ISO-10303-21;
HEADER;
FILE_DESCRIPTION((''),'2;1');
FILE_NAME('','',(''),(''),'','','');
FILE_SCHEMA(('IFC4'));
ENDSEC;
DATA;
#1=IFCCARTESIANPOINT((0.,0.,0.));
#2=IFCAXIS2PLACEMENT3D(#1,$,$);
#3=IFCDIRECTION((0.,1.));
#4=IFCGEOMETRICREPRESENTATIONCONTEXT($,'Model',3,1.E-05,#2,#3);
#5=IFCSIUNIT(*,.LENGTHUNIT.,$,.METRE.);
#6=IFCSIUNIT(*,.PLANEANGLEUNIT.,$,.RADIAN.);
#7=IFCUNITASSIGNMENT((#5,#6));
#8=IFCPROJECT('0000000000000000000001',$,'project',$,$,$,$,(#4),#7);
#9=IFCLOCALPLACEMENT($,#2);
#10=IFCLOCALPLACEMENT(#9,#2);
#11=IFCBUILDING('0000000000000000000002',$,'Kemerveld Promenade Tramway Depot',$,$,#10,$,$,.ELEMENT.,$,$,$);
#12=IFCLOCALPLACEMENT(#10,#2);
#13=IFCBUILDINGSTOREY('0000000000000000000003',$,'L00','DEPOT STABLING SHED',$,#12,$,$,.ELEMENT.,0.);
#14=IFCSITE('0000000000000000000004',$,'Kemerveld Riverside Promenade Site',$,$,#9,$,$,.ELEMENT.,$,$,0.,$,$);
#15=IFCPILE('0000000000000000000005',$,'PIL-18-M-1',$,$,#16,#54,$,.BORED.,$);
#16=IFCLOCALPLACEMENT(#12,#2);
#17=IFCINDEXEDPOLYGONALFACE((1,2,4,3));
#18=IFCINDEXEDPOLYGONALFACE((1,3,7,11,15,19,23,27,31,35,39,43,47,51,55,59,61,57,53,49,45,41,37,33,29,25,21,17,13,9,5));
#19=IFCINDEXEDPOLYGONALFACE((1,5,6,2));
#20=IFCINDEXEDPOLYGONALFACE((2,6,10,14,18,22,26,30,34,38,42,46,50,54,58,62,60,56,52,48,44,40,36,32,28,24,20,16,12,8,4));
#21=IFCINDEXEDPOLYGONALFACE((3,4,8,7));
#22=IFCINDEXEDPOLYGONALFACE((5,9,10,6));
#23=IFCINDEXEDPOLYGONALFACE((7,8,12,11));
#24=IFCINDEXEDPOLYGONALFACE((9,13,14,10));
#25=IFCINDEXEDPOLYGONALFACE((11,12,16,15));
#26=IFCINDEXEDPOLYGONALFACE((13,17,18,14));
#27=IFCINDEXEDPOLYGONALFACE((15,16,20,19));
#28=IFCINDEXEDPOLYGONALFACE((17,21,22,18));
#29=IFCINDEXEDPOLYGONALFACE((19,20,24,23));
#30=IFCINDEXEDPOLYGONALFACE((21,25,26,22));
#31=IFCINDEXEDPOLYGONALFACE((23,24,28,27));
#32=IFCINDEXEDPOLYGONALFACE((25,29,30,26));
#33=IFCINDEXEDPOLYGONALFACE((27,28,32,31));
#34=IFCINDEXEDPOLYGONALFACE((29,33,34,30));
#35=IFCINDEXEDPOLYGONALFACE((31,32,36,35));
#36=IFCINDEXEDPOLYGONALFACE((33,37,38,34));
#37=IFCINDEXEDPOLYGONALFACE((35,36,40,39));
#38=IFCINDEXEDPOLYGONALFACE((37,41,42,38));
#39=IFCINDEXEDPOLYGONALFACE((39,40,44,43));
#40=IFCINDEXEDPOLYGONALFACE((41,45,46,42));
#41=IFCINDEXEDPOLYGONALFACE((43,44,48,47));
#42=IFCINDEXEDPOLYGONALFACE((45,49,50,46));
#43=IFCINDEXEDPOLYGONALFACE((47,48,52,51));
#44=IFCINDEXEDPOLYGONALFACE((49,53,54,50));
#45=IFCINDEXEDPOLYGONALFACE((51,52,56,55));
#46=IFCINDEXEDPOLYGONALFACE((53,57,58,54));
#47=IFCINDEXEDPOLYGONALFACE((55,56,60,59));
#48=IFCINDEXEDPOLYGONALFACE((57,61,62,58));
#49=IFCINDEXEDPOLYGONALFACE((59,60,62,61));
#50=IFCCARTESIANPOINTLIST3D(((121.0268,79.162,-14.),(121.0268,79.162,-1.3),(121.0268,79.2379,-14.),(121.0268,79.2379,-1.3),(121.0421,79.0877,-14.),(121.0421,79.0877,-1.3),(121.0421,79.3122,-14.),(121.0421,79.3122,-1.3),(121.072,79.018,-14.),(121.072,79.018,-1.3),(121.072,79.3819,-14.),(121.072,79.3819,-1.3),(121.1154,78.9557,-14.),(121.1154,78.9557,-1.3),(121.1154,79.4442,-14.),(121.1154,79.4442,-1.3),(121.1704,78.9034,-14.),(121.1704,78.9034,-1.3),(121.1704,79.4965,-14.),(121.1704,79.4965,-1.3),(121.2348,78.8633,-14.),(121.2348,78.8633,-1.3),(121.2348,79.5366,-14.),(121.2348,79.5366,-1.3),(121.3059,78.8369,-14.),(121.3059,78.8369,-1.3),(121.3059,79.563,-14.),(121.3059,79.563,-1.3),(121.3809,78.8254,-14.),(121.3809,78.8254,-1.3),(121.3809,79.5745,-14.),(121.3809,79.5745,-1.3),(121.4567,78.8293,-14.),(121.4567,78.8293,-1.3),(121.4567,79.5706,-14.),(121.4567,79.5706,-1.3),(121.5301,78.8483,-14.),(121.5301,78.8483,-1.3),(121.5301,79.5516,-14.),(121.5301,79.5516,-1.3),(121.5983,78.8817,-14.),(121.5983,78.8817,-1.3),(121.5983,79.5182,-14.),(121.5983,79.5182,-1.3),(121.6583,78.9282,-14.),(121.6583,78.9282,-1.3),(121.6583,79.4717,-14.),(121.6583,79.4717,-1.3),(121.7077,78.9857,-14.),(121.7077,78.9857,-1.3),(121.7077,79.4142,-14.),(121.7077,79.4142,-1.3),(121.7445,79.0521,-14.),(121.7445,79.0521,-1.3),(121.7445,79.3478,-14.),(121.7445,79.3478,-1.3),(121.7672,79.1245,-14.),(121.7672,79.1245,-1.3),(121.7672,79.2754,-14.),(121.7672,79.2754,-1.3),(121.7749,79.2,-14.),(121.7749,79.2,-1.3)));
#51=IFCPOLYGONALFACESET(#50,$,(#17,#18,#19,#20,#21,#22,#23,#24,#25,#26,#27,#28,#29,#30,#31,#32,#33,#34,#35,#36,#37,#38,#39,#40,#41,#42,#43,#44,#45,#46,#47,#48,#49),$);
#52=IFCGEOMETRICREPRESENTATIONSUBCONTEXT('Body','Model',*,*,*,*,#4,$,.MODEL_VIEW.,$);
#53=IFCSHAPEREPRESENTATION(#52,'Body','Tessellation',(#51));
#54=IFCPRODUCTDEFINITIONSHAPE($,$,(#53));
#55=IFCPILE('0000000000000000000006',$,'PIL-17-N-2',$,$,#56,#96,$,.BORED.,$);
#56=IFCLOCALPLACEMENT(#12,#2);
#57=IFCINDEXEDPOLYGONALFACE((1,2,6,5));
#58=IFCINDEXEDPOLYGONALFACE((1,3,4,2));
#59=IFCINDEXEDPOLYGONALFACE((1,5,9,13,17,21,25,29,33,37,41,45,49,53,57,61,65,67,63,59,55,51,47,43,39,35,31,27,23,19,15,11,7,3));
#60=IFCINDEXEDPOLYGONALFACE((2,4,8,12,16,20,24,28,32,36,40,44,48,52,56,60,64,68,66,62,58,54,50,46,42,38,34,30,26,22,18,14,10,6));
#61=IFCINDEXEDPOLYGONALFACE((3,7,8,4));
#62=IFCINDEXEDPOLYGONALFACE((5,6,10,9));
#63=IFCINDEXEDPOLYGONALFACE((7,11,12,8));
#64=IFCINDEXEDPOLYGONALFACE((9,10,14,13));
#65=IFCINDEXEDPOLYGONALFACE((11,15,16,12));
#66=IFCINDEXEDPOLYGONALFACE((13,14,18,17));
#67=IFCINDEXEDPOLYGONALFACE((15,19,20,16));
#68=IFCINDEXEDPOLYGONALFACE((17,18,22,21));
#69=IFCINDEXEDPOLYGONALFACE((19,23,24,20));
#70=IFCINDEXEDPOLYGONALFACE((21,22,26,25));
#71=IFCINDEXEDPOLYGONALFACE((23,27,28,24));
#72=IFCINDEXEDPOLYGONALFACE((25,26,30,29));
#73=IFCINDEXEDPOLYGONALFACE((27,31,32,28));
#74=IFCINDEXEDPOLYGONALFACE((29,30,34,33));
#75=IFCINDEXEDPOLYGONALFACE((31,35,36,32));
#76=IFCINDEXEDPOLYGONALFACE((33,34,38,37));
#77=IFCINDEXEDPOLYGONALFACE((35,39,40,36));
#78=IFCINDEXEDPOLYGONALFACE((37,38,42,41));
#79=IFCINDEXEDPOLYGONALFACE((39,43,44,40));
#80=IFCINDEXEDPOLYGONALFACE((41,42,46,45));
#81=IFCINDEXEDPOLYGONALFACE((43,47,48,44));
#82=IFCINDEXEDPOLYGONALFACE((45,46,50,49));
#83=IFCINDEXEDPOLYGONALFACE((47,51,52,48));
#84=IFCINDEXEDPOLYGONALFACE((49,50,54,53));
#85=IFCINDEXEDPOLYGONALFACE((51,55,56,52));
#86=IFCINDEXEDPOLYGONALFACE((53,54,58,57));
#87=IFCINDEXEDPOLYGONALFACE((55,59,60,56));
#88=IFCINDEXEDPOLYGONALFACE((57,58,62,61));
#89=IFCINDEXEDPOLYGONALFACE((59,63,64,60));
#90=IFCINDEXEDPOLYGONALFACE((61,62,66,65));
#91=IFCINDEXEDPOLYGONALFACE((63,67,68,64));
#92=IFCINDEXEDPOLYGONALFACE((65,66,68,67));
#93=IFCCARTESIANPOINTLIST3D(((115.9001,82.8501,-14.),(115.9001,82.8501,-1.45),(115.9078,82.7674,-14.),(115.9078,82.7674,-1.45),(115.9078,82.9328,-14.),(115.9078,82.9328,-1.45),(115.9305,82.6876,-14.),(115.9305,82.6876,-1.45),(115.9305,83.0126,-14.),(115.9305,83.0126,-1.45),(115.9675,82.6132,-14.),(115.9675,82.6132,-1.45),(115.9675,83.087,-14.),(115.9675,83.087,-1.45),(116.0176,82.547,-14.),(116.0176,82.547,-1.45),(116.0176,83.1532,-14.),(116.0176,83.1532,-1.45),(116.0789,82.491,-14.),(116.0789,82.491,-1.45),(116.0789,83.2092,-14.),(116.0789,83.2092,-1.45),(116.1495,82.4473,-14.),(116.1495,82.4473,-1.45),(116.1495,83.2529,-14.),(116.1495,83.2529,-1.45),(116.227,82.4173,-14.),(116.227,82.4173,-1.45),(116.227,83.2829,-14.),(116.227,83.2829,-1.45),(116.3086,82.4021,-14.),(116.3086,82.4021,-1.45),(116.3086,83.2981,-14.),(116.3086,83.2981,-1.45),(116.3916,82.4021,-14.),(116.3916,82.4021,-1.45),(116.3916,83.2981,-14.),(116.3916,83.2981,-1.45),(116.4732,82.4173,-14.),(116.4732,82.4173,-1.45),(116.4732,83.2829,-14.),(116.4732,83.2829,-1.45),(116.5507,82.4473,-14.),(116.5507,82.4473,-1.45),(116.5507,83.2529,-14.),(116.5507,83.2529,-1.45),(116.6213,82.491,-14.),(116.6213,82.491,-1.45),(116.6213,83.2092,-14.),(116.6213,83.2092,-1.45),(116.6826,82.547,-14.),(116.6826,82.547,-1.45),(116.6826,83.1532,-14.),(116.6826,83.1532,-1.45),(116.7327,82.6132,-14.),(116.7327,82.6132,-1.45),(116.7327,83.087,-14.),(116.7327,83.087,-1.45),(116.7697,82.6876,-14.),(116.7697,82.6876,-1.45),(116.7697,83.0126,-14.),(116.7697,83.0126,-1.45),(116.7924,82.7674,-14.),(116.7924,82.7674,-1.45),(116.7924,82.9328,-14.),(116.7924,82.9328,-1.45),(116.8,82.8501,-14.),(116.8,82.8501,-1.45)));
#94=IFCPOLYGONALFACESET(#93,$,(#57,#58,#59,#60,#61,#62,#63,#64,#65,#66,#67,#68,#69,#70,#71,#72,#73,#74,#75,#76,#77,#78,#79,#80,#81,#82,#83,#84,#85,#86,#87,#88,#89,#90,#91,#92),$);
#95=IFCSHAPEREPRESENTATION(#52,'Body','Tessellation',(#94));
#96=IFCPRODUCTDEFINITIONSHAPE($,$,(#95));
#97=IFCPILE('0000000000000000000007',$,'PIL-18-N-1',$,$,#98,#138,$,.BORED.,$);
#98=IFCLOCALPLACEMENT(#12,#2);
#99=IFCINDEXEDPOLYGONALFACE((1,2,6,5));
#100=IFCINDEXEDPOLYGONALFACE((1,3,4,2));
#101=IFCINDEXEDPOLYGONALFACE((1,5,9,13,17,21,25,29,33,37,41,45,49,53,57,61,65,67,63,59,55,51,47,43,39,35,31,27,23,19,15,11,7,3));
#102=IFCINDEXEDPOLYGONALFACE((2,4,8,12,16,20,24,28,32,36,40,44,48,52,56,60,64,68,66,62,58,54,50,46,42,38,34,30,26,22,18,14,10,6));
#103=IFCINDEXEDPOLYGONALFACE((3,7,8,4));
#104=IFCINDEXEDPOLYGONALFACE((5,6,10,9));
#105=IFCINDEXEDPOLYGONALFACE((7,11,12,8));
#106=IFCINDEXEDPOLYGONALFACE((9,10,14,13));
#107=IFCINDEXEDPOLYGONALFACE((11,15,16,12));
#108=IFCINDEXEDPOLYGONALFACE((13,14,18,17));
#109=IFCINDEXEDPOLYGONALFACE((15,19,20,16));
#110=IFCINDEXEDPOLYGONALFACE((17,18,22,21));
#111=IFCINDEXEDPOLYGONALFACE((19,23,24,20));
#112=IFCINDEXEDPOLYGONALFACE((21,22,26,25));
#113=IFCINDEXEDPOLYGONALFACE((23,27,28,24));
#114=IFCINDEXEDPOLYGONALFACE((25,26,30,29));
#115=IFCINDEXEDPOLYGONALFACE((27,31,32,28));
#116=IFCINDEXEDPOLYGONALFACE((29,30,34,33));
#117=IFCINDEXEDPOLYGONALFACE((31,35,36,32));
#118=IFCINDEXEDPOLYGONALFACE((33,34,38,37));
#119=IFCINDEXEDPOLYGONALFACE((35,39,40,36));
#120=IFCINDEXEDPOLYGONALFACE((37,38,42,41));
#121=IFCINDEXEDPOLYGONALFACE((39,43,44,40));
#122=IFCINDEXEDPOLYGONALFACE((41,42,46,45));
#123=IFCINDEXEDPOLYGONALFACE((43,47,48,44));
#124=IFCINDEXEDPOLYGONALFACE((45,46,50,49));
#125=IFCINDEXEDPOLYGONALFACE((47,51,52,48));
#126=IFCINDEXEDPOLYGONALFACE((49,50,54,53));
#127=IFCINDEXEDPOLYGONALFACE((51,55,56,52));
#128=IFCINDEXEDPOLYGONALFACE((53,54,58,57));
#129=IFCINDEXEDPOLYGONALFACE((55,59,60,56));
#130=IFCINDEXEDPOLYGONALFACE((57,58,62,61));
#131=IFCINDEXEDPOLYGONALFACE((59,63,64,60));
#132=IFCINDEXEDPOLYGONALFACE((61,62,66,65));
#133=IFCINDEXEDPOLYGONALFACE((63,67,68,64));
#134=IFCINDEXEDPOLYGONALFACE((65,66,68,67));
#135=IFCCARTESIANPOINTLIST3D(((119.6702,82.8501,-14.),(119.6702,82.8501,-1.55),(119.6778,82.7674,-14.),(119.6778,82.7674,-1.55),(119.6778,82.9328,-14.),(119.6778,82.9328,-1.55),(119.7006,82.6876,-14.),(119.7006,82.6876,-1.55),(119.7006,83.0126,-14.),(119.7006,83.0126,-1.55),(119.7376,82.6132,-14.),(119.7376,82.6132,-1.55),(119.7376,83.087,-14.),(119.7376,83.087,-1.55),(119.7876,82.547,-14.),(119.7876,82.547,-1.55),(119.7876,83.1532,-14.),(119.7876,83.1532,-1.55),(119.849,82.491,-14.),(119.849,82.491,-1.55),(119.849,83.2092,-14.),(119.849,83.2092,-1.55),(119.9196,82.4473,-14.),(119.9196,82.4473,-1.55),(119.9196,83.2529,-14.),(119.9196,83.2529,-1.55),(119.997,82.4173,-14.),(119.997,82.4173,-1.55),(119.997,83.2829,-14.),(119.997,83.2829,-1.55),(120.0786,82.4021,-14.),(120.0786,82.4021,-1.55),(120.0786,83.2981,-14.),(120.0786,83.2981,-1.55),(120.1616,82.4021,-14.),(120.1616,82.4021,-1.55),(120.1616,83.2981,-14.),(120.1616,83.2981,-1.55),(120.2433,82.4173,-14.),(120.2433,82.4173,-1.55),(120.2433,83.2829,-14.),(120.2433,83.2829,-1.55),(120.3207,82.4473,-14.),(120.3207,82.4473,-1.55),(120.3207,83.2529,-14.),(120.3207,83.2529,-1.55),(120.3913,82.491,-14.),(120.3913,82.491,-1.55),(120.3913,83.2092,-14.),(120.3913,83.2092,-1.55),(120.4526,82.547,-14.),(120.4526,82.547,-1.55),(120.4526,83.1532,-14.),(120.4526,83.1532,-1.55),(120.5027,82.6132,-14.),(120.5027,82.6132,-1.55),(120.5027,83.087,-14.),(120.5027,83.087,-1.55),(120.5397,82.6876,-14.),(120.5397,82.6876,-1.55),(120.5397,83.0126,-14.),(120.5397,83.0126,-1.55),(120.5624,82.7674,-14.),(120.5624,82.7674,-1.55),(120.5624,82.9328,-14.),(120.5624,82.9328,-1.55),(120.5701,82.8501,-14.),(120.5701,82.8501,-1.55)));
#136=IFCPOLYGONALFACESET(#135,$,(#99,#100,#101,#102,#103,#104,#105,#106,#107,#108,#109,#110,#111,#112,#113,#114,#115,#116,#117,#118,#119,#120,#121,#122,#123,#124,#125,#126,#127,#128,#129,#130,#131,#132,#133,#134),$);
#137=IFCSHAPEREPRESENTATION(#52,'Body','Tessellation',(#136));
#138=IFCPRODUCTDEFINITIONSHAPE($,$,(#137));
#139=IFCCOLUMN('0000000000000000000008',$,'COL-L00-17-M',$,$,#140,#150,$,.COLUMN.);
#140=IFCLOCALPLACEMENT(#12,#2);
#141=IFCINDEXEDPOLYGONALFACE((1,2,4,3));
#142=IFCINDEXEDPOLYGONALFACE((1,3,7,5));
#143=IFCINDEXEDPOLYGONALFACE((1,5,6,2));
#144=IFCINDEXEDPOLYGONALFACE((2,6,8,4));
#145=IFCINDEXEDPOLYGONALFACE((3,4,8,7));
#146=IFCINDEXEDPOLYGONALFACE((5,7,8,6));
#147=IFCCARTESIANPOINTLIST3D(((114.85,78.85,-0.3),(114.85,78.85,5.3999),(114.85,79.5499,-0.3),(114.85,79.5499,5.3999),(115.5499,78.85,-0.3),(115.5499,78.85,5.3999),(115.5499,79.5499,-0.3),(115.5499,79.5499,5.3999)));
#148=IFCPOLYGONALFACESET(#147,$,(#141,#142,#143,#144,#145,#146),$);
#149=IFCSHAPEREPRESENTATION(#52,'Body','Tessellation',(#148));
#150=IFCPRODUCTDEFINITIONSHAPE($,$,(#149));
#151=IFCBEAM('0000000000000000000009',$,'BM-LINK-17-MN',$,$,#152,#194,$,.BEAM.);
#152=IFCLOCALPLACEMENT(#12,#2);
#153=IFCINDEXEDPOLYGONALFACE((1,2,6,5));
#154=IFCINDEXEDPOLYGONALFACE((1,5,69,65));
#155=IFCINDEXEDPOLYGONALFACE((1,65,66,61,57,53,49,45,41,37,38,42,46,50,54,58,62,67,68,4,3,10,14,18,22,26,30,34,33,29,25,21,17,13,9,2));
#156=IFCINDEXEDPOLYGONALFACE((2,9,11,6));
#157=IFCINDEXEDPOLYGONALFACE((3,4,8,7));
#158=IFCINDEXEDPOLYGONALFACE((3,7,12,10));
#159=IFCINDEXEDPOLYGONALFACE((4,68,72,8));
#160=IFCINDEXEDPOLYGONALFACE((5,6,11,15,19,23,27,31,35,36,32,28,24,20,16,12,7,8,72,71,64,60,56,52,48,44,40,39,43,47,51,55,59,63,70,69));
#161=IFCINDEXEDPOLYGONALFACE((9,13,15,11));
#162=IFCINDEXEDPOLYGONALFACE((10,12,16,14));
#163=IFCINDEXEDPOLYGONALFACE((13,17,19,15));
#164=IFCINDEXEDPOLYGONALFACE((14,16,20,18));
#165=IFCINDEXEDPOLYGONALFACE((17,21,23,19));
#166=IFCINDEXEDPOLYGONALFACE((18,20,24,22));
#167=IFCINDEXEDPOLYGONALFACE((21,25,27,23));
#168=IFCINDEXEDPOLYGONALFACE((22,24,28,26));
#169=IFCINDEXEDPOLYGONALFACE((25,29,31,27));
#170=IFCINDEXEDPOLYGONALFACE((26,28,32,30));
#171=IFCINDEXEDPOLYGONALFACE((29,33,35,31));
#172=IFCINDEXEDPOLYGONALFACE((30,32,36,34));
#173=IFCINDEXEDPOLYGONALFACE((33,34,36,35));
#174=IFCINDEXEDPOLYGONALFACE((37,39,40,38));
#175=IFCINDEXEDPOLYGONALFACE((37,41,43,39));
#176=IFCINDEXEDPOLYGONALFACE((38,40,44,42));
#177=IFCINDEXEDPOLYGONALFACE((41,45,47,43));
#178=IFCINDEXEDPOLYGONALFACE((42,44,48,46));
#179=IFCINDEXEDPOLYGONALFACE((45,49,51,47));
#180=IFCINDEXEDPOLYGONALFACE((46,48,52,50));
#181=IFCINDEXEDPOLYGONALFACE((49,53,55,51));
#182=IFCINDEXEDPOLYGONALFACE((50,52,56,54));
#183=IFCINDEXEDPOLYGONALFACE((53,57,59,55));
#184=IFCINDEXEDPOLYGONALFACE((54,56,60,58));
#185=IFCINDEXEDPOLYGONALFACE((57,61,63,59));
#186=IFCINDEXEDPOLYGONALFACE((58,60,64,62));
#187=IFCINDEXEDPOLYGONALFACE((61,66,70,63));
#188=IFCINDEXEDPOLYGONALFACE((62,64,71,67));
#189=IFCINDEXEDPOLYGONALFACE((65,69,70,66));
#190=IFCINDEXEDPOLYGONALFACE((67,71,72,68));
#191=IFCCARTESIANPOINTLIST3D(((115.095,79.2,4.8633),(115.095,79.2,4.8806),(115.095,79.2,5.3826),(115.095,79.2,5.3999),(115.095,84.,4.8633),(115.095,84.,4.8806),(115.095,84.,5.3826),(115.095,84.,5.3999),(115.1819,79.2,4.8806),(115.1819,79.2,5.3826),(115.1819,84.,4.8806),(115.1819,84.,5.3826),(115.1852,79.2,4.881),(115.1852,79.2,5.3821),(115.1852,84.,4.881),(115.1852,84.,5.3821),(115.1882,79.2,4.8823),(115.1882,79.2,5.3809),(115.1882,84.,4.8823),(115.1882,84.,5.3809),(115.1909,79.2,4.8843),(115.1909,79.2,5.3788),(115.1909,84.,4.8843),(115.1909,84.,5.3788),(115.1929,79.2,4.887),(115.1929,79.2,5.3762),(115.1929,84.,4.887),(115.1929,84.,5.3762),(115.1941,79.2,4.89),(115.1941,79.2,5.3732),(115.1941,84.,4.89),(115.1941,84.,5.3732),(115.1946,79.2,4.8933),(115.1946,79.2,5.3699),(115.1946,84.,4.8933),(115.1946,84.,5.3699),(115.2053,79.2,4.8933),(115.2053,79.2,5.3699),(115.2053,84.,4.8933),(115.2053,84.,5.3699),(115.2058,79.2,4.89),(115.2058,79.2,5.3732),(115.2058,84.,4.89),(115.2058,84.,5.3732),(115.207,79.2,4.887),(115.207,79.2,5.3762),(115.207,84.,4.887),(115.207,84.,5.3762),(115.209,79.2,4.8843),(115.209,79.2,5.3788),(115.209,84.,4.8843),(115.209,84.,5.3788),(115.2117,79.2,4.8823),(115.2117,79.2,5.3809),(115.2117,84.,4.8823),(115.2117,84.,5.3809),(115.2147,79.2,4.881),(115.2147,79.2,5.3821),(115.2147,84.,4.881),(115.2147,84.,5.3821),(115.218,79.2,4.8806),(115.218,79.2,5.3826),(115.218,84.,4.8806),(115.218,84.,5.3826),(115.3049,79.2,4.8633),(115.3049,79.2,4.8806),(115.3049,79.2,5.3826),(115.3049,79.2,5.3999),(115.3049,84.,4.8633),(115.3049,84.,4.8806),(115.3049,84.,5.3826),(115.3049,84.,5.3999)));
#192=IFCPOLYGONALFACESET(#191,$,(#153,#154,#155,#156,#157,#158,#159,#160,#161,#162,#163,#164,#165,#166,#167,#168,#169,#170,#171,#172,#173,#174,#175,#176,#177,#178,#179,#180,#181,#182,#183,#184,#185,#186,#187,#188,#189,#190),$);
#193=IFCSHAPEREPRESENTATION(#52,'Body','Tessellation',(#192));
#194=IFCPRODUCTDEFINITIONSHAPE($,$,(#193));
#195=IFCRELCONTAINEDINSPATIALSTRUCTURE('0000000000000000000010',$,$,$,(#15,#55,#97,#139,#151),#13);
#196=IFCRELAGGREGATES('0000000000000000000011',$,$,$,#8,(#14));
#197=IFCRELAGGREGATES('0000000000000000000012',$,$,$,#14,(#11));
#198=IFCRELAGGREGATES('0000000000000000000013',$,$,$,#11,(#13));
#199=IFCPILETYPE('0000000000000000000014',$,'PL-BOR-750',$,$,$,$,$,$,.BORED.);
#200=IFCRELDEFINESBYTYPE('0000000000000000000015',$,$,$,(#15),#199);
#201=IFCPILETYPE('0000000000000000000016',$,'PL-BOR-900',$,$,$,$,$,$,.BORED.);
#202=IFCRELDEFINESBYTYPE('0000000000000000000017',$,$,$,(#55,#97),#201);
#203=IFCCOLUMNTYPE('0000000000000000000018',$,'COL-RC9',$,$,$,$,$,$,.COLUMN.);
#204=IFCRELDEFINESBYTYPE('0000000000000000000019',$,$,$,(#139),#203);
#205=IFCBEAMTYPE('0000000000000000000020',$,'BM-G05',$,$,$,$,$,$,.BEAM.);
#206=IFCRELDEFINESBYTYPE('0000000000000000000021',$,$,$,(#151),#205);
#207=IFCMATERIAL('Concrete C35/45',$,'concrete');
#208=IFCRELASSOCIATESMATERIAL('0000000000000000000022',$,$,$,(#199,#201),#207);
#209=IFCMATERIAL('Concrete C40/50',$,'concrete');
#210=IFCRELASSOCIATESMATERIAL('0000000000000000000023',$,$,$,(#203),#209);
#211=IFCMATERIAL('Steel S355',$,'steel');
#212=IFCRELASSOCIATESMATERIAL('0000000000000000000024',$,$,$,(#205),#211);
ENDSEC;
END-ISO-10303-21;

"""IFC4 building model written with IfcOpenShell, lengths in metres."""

from ifc_helpers import new_model, si_unit, direction, frame, origin, origin_2d, place, context, subcontext, project, spatial, rectangle, circle, i_section, extrude, material, material_profile, profile_set, type_object, element, save


model = new_model("IFC4")

# Units and contexts
model_context = context("Model", 3, precision=1e-05, world=origin(), true_north=direction((0.0, 1.0)))
body_context = subcontext(model_context, "Body", "Model", "MODEL_VIEW")
ifc_project = project(units=[si_unit("LENGTHUNIT", "METRE"), si_unit("PLANEANGLEUNIT", "RADIAN")], contexts=[model_context])

# Site, building, storey
site_placement = place(None, origin())
site = spatial("IfcSite", under=ifc_project, at=site_placement, Name="Kemerveld Riverside Promenade Site", CompositionType="ELEMENT", RefElevation=0.0)
building_placement = place(site_placement, origin())
building = spatial("IfcBuilding", under=site, at=building_placement, Name="Kemerveld Promenade Tramway Depot", CompositionType="ELEMENT")
storey_placement = place(building_placement, origin())
storey = spatial("IfcBuildingStorey", under=building, at=storey_placement, Name="L00", Description="DEPOT STABLING SHED", CompositionType="ELEMENT", Elevation=0.0)

# Shared definitions
ifc_material_1 = material(Name="Concrete C35/45", Category="concrete")

# Piles
ifc_material_profile_1 = material_profile(ifc_material_1, circle(Radius=0.375, at=origin_2d()), Name="PILE-D750")
ifc_profile_set_1 = profile_set([ifc_material_profile_1], Name="Concrete C35/45")
pile_type_1 = type_object("IfcPileType", Name="PL-BOR-750", PredefinedType="BORED", material=ifc_profile_set_1)
for number, where, z_axis, x_axis, name in (
    (1, (121.3999, 79.2, -1.3), (0.0, 0.0, -1.0), (1.0, 0.0, 0.0), "PIL-18-M-1"),
):
    element("IfcPile", number, at=place(storey_placement, frame(where, z_axis=z_axis, x_axis=x_axis)), inside=storey, type_object=pile_type_1, Name=name, PredefinedType="BORED", context=body_context, shape_type="SweptSolid", body=[
        extrude(circle(Radius=0.375, at=origin_2d()), origin(), (0.0, 0.0, 1.0), 12.7),
    ])
ifc_material_profile_2 = material_profile(ifc_material_1, circle(Radius=0.45, at=origin_2d()), Name="PILE-D900")
ifc_profile_set_2 = profile_set([ifc_material_profile_2], Name="Concrete C35/45")
pile_type_2 = type_object("IfcPileType", Name="PL-BOR-900", PredefinedType="BORED", material=ifc_profile_set_2)
pile_1_placement = place(storey_placement, frame((116.3501, 82.8501, -1.45), z_axis=(0.0, 0.0, -1.0), x_axis=(1.0, 0.0, 0.0)))
element("IfcPile", 2, at=pile_1_placement, inside=storey, type_object=pile_type_2, Name="PIL-17-N-2", PredefinedType="BORED", context=body_context, shape_type="SweptSolid", body=[
    extrude(circle(Radius=0.45, at=origin_2d()), origin(), (0.0, 0.0, 1.0), 12.55),
])
pile_2_placement = place(storey_placement, frame((120.1201, 82.8501, -1.55), z_axis=(0.0, 0.0, -1.0), x_axis=(1.0, 0.0, 0.0)))
element("IfcPile", 3, at=pile_2_placement, inside=storey, type_object=pile_type_2, Name="PIL-18-N-1", PredefinedType="BORED", context=body_context, shape_type="SweptSolid", body=[
    extrude(circle(Radius=0.45, at=origin_2d()), origin(), (0.0, 0.0, 1.0), 12.45),
])

# Column
ifc_material_2 = material(Name="Concrete C40/50", Category="concrete")
ifc_material_profile_3 = material_profile(ifc_material_2, rectangle(XDim=0.7, YDim=0.7, at=origin_2d()), Name="RC-COL-700x700")
ifc_profile_set_3 = profile_set([ifc_material_profile_3], Name="Concrete C40/50")
column_type = type_object("IfcColumnType", Name="COL-RC9", PredefinedType="COLUMN", material=ifc_profile_set_3)
column_placement = place(storey_placement, frame((115.2, 79.2, -0.3), z_axis=(0.0, 0.0, 1.0), x_axis=(1.0, 0.0, 0.0)))
element("IfcColumn", 4, at=column_placement, inside=storey, type_object=column_type, Name="COL-L00-17-M", PredefinedType="COLUMN", context=body_context, shape_type="SweptSolid", body=[
    extrude(rectangle(XDim=0.7, YDim=0.7, at=origin_2d()), origin(), (0.0, 0.0, 1.0), 5.7),
])

# Beam
ifc_material_3 = material(Name="Steel S355", Category="steel")
ifc_material_profile_4 = material_profile(ifc_material_3, i_section(OverallWidth=0.21, OverallDepth=0.5366, WebThickness=0.0107, FlangeThickness=0.0173, FilletRadius=0.0127, at=origin_2d()), Name="533x210x101 UB")
ifc_profile_set_4 = profile_set([ifc_material_profile_4], Name="Steel S355")
beam_type_1 = type_object("IfcBeamType", Name="BM-G05", PredefinedType="BEAM", material=ifc_profile_set_4)
beam_1_placement = place(storey_placement, frame((115.2, 79.2, 5.1316), z_axis=(0.0, 1.0, 0.0), x_axis=(-1.0, 0.0, 0.0)))
element("IfcBeam", 5, at=beam_1_placement, inside=storey, type_object=beam_type_1, Name="BM-LINK-17-MN", PredefinedType="BEAM", context=body_context, shape_type="SweptSolid", body=[
    extrude(i_section(OverallWidth=0.21, OverallDepth=0.5366, WebThickness=0.0107, FlangeThickness=0.0173, FilletRadius=0.0127, at=origin_2d()), origin(), (0.0, 0.0, 1.0), 4.8),
])

save(model, "model.ifc")
